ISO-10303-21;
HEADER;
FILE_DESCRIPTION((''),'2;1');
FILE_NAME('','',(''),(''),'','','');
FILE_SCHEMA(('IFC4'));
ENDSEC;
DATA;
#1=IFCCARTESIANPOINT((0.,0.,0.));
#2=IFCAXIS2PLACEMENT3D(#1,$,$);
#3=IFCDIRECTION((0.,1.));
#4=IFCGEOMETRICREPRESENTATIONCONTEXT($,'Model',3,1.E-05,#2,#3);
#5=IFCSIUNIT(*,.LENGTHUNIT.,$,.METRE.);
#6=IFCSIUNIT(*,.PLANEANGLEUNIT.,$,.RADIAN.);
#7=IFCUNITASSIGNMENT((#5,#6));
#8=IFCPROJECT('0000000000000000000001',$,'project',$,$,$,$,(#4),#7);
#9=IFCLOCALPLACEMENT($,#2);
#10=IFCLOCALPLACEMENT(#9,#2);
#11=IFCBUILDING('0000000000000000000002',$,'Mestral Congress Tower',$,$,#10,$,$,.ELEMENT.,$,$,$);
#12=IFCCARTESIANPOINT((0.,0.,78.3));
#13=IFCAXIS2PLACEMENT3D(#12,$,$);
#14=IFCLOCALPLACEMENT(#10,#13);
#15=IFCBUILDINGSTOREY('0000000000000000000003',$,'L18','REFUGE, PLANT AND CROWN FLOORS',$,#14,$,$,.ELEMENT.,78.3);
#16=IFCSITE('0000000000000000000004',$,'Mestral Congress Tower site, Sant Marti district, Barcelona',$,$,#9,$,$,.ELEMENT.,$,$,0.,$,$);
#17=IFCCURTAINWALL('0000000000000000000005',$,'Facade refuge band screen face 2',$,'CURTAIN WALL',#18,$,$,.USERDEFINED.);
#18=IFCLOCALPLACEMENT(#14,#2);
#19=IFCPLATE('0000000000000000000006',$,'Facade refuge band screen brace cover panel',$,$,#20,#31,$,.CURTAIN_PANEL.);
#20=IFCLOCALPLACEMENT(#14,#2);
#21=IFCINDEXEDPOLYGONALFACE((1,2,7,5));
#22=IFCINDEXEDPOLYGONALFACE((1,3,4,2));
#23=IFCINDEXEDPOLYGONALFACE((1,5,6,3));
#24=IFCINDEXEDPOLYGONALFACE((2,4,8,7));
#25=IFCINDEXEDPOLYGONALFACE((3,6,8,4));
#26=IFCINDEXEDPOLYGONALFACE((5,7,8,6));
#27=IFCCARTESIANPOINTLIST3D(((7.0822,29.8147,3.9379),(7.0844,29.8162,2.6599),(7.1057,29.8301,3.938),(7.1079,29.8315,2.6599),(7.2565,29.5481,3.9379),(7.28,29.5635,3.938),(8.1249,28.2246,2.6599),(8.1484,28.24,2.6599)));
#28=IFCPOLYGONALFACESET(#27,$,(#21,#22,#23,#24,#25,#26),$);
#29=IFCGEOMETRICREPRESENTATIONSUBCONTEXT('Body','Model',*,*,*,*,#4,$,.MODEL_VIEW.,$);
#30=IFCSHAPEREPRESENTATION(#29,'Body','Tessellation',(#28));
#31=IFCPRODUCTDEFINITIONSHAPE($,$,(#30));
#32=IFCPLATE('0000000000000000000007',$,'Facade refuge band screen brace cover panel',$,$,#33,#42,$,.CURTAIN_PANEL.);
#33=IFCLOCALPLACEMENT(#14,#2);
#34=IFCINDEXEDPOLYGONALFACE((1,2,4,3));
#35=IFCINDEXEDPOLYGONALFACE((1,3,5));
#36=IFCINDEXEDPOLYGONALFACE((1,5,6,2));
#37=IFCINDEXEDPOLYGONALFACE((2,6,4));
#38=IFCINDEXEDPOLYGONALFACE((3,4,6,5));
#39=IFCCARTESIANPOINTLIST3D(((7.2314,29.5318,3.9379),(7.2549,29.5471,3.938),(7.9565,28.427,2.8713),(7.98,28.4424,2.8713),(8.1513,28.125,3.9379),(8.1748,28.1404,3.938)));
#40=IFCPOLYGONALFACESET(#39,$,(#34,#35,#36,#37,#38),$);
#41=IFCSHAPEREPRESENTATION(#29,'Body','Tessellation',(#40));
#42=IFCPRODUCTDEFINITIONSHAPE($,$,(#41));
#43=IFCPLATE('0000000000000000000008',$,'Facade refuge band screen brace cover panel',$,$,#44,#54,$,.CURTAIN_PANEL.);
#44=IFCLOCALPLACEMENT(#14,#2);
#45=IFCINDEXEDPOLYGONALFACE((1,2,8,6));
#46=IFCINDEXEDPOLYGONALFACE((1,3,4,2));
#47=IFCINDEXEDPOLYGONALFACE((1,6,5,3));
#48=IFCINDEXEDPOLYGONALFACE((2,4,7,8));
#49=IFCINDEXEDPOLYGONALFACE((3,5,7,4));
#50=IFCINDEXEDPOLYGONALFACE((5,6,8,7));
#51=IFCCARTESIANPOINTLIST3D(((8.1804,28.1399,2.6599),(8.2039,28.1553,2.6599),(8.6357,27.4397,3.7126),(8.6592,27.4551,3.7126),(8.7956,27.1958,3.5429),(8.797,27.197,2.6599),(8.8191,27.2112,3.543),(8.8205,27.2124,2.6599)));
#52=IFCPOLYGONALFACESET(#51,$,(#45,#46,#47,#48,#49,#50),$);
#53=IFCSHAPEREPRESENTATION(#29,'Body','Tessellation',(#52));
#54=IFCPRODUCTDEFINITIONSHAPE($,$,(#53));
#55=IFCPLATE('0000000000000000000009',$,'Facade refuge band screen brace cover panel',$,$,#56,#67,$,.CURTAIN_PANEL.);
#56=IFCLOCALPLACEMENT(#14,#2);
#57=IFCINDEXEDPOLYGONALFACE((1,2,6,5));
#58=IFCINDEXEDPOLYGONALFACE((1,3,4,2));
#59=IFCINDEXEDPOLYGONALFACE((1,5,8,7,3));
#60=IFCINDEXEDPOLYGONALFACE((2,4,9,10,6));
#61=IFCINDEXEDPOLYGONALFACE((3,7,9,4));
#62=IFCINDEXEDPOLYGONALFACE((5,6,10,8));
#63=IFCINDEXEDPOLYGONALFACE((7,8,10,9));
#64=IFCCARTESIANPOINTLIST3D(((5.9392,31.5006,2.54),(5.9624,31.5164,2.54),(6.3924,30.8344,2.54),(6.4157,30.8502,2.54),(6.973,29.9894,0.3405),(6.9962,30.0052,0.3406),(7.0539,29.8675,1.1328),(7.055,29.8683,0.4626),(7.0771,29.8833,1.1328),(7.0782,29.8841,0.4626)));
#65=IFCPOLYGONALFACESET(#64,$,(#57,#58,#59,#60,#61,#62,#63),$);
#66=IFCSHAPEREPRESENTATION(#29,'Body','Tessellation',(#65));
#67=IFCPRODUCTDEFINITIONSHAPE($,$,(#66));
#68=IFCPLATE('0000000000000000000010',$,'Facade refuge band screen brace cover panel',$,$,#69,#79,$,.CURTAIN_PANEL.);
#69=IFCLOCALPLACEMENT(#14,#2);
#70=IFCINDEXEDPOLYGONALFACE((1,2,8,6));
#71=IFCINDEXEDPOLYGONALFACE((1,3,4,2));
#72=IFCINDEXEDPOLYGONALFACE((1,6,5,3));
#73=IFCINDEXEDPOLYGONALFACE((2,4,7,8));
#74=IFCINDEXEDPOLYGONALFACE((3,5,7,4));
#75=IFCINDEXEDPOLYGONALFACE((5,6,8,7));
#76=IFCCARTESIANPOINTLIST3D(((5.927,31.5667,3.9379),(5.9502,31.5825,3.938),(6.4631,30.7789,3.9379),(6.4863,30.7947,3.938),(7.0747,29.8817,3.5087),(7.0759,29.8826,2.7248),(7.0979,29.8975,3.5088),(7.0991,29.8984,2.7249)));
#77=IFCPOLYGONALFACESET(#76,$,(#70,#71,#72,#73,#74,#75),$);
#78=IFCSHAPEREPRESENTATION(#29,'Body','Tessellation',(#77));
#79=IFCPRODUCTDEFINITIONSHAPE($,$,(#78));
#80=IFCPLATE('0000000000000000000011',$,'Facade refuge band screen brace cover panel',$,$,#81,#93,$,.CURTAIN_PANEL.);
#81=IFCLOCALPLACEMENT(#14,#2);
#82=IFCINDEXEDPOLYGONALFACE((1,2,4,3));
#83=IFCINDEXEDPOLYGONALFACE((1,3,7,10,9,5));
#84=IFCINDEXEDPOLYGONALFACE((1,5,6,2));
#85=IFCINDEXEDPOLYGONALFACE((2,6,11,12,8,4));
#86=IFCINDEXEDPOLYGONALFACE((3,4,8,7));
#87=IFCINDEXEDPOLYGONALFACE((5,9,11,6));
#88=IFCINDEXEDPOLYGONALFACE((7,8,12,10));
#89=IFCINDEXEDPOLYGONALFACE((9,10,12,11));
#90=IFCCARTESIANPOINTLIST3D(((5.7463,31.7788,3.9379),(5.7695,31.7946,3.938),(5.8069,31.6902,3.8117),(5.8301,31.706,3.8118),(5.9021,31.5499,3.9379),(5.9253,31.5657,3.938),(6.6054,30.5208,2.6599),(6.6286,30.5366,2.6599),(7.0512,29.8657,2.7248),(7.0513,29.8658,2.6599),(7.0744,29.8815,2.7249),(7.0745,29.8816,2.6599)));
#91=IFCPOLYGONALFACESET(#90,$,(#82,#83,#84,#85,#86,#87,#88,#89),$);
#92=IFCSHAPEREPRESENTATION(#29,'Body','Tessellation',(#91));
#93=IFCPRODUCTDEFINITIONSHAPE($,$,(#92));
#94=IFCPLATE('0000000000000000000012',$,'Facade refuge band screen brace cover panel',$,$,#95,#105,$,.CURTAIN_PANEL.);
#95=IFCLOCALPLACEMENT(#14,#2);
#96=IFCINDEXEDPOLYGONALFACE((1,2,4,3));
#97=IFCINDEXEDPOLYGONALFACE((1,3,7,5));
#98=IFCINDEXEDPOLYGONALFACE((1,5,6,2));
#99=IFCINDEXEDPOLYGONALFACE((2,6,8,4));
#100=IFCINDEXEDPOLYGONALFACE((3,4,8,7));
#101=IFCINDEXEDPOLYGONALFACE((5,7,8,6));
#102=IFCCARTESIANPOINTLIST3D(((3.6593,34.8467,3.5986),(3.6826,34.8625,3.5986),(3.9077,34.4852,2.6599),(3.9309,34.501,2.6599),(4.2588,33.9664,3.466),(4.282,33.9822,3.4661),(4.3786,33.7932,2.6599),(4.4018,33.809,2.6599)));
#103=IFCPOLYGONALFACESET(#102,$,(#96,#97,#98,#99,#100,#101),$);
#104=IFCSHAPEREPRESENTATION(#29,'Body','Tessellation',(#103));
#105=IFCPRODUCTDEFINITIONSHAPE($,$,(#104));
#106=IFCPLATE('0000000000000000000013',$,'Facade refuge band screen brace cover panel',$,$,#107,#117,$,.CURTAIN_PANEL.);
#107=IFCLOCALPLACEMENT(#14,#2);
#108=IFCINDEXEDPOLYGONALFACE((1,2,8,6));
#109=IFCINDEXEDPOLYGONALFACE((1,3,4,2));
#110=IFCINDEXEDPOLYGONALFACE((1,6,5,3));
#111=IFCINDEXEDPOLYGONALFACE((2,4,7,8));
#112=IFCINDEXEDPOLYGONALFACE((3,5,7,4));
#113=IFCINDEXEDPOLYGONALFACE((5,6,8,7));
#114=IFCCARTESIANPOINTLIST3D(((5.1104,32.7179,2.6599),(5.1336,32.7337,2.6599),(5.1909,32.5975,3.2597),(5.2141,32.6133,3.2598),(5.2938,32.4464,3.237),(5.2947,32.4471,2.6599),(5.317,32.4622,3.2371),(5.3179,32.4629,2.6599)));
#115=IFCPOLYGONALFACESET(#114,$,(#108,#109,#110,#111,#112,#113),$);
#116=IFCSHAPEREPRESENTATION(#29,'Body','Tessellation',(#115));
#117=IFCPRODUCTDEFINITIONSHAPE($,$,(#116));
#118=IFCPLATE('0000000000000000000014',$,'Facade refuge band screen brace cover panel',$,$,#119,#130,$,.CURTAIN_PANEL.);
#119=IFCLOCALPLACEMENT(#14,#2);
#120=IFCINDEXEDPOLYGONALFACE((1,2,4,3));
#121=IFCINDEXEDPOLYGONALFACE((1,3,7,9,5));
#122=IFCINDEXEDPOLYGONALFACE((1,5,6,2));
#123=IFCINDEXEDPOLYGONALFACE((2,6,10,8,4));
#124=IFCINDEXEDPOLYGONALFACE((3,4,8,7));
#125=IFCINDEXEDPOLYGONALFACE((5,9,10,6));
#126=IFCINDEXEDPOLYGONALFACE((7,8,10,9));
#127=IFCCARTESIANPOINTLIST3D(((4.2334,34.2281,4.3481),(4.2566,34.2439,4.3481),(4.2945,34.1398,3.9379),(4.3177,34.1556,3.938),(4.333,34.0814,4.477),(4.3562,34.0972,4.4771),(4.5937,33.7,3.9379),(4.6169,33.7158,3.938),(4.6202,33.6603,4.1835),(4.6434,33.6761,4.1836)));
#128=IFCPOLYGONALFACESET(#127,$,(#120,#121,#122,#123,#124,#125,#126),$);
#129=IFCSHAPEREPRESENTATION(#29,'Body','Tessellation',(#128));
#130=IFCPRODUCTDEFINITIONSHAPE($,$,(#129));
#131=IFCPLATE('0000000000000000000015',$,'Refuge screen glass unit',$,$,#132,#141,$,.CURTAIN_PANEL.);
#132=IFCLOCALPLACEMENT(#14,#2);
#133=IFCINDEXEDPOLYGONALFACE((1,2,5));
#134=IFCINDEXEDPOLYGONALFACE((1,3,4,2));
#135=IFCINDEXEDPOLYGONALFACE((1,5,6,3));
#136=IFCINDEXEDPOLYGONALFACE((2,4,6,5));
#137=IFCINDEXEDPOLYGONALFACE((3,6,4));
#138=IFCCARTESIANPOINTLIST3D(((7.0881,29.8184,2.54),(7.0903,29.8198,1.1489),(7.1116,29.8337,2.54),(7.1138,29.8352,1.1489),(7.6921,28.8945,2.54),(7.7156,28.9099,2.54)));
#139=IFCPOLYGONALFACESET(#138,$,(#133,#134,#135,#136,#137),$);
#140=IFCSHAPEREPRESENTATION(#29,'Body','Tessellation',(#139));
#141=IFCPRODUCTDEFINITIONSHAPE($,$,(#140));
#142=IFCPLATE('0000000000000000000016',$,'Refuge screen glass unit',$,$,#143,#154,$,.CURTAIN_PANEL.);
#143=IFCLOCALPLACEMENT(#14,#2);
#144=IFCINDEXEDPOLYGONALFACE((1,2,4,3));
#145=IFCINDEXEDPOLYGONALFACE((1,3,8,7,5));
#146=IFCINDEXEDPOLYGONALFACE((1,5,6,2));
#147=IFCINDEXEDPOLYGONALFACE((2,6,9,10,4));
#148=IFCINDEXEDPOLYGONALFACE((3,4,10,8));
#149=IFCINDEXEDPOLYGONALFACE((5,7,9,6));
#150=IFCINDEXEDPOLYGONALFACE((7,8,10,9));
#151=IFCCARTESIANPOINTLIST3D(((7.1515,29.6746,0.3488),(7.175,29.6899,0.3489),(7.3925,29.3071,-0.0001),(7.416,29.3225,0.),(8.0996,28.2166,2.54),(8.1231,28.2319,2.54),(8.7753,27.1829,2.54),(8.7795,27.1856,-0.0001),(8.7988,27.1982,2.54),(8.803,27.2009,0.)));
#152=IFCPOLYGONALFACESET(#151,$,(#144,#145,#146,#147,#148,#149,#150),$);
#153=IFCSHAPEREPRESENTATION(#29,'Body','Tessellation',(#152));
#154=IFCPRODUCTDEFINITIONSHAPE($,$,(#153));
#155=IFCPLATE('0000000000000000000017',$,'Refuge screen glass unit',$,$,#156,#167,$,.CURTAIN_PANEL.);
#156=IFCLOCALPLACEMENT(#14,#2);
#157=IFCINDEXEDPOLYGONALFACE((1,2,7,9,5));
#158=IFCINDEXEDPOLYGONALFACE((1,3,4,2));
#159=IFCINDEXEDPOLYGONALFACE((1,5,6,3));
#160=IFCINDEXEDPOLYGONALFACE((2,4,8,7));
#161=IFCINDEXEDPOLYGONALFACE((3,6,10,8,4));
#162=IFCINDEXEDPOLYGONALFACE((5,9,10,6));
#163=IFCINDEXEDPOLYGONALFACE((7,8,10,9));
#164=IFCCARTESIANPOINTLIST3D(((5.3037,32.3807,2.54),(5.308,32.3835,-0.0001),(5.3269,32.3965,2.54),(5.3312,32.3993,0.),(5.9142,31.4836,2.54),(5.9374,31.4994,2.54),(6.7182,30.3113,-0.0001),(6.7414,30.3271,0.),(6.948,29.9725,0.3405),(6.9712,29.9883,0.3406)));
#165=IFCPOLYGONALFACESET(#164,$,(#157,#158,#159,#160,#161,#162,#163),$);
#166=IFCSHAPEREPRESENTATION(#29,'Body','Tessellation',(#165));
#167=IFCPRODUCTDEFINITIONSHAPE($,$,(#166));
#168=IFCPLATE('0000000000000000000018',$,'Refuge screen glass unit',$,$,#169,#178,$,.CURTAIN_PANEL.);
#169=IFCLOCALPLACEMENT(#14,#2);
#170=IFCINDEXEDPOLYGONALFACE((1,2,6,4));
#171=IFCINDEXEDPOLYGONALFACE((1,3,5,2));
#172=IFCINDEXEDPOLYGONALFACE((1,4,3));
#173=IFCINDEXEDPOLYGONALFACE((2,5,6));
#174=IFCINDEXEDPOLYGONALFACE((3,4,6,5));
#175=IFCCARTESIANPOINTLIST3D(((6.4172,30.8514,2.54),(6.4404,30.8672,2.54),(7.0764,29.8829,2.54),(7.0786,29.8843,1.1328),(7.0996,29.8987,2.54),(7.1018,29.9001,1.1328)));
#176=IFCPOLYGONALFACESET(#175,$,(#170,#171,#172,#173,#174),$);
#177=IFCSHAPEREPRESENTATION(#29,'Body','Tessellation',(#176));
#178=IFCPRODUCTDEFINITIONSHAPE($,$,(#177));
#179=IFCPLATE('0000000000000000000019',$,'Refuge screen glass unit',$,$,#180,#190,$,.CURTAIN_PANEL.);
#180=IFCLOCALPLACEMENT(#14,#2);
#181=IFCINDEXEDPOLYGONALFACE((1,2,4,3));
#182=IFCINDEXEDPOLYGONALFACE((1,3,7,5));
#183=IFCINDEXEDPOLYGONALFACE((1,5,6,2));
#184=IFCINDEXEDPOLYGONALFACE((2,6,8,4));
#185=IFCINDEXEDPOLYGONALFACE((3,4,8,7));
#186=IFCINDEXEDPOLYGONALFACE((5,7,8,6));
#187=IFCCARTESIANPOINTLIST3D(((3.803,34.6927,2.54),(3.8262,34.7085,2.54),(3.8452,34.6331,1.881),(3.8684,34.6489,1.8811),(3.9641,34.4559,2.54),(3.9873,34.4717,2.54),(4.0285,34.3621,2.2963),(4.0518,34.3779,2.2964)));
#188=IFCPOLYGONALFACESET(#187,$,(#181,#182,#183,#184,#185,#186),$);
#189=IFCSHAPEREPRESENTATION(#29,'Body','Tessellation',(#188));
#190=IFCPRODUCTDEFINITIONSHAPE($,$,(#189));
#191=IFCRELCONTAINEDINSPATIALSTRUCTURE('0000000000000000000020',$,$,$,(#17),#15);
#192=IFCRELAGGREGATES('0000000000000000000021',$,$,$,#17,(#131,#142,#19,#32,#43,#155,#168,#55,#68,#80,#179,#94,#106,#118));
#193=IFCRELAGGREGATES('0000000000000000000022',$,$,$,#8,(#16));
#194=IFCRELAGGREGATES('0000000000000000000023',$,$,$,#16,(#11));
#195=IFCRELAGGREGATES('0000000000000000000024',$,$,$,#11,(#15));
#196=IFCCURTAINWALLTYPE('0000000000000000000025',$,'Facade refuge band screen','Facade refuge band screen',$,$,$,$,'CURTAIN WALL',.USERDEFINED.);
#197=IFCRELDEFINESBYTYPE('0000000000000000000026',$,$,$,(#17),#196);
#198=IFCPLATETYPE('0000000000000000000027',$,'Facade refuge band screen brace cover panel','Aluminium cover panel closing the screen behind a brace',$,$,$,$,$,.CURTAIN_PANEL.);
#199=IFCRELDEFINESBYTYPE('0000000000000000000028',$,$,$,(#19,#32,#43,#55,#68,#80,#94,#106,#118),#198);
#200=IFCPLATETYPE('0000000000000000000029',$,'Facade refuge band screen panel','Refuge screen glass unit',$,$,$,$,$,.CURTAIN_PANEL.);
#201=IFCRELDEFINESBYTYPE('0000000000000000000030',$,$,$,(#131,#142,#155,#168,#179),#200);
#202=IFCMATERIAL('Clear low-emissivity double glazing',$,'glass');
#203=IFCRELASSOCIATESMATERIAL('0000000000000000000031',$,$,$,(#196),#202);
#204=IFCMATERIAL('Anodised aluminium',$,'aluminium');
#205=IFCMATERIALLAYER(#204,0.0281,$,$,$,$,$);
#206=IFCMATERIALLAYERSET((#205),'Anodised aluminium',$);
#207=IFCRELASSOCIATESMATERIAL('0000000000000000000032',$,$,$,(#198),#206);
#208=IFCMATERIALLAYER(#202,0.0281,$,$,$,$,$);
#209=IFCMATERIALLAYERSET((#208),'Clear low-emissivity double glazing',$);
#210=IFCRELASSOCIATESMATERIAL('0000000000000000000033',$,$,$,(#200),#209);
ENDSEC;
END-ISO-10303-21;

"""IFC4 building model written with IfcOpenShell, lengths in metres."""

from ifc_helpers import new_model, si_unit, direction, frame, origin, place, context, subcontext, project, spatial, polyline, outline, extrude, material, layer, layer_set, type_object, element, aggregate, save


model = new_model("IFC4")

# Units and contexts
model_context = context("Model", 3, precision=1e-05, world=origin(), true_north=direction((0.0, 1.0)))
body_context = subcontext(model_context, "Body", "Model", "MODEL_VIEW")
ifc_project = project(units=[si_unit("LENGTHUNIT", "METRE"), si_unit("PLANEANGLEUNIT", "RADIAN")], contexts=[model_context])

# Site, building, storey
site_placement = place(None, origin())
site = spatial("IfcSite", under=ifc_project, at=site_placement, Name="Mestral Congress Tower site, Sant Marti district, Barcelona", CompositionType="ELEMENT", RefElevation=0.0)
building_placement = place(site_placement, origin())
building = spatial("IfcBuilding", under=site, at=building_placement, Name="Mestral Congress Tower", CompositionType="ELEMENT")
storey_placement = place(building_placement, frame((0.0, 0.0, 78.3)))
storey = spatial("IfcBuildingStorey", under=building, at=storey_placement, Name="L18", Description="REFUGE, PLANT AND CROWN FLOORS", CompositionType="ELEMENT", Elevation=78.3)

# Curtain wall
ifc_material_1 = material(Name="Clear low-emissivity double glazing", Category="glass")
curtain_wall_type = type_object("IfcCurtainWallType", Name="Facade refuge band screen", Description="Facade refuge band screen", ElementType="CURTAIN WALL", PredefinedType="USERDEFINED", material=ifc_material_1)
curtain_wall_placement = place(storey_placement, origin())
curtain_wall = element("IfcCurtainWall", 1, at=curtain_wall_placement, inside=storey, type_object=curtain_wall_type, Name="Facade refuge band screen face 2", ObjectType="CURTAIN WALL", PredefinedType="USERDEFINED")
ifc_material_2 = material(Name="Anodised aluminium", Category="aluminium")

# Plates
ifc_layer_1 = layer(ifc_material_2, 0.0281)
ifc_layer_set_1 = layer_set([ifc_layer_1], Name="Anodised aluminium")
plate_type_1 = type_object("IfcPlateType", Name="Facade refuge band screen brace cover panel", Description="Aluminium cover panel closing the screen behind a brace", PredefinedType="CURTAIN_PANEL", material=ifc_layer_set_1)
plate_1_placement = place(storey_placement, frame((7.1079, 29.8315, 2.6599), z_axis=(0.836989, 0.547216, 0.002056), x_axis=(0.547217, -0.836991, 0.0)))
plate_1 = element("IfcPlate", 2, at=plate_1_placement, type_object=plate_type_1, Name="Facade refuge band screen brace cover panel", PredefinedType="CURTAIN_PANEL", context=body_context, shape_type="SweptSolid", body=[
    extrude(outline(polyline([(0.0, 0.0), (1.9015, 0.0), (0.3186, -1.2781), (0.0, -1.2781), (0.0, 0.0)])), origin(), (0.0, 0.0, -1.0), 0.0281),
])
plate_2_placement = place(storey_placement, frame((7.2549, 29.5471, 3.938), z_axis=(0.836932, 0.547303, 0.002092), x_axis=(0.426975, -0.650526, -0.628099)))
plate_2 = element("IfcPlate", 3, at=plate_2_placement, type_object=plate_type_1, Name="Facade refuge band screen brace cover panel", PredefinedType="CURTAIN_PANEL", context=body_context, shape_type="SweptSolid", body=[
    extrude(outline(polyline([(0.0, 0.0), (1.6982, 0.0), (1.3079, -1.0557), (0.0, 0.0)])), origin(), (0.0, 0.0, -1.0), 0.0281),
])
plate_3_placement = place(storey_placement, frame((8.8191, 27.2112, 3.543), z_axis=(0.836897, 0.547356, 0.002114), x_axis=(-0.474002, 0.722797, 0.502877)))
plate_3 = element("IfcPlate", 4, at=plate_3_placement, type_object=plate_type_1, Name="Facade refuge band screen brace cover panel", PredefinedType="CURTAIN_PANEL", context=body_context, shape_type="SweptSolid", body=[
    extrude(outline(polyline([(0.0, 0.0), (0.3374, 0.0), (0.5299, -1.33), (-0.4439, -0.7634), (0.0, 0.0)])), origin(), (0.0, 0.0, -1.0), 0.0281),
])
plate_4_placement = place(storey_placement, frame((5.9624, 31.5164, 2.54), z_axis=(0.82678, 0.562521, 0.002113), x_axis=(0.361234, -0.528046, -0.768556)))
plate_4 = element("IfcPlate", 5, at=plate_4_placement, type_object=plate_type_1, Name="Facade refuge band screen brace cover panel", PredefinedType="CURTAIN_PANEL", context=body_context, shape_type="SweptSolid", body=[
    extrude(outline(polyline([(0.0, 0.0), (2.8618, 0.0), (2.8616, -0.1905), (2.3465, -0.6193), (0.5155, -0.6193), (0.0, 0.0)])), origin(), (0.0, 0.0, -1.0), 0.0281),
])
plate_5_placement = place(storey_placement, frame((7.0979, 29.8975, 3.5088), z_axis=(0.826734, 0.56259, 0.001979), x_axis=(-0.523802, 0.768441, 0.367599)))
plate_5 = element("IfcPlate", 6, at=plate_5_placement, type_object=plate_type_1, Name="Facade refuge band screen brace cover panel", PredefinedType="CURTAIN_PANEL", context=body_context, shape_type="SweptSolid", body=[
    extrude(outline(polyline([(0.0, 0.0), (1.1676, 0.0), (2.0538, -0.3503), (-0.2881, -0.7291), (0.0, 0.0)])), origin(), (0.0, 0.0, -1.0), 0.0281),
])
plate_6_placement = place(storey_placement, frame((7.0745, 29.8816, 2.6599), z_axis=(0.826657, 0.562703, 0.001798), x_axis=(-0.001487, -0.001012, 0.999998)))
plate_6 = element("IfcPlate", 7, at=plate_6_placement, type_object=plate_type_1, Name="Facade refuge band screen brace cover panel", PredefinedType="CURTAIN_PANEL", context=body_context, shape_type="SweptSolid", body=[
    extrude(outline(polyline([(0.0, 0.0), (0.0649, 0.0), (1.2781, -2.0388), (1.2781, -2.3158), (1.1519, -2.2084), (0.0, -0.7923), (0.0, 0.0)])), origin(), (0.0, 0.0, -1.0), 0.0281),
])
plate_7_placement = place(storey_placement, frame((4.282, 33.9822, 3.4661), z_axis=(0.826718, 0.562613, 0.002039), x_axis=(-0.558513, 0.820247, 0.12352)))
plate_7 = element("IfcPlate", 8, at=plate_7_placement, type_object=plate_type_1, Name="Facade refuge band screen brace cover panel", PredefinedType="CURTAIN_PANEL", context=body_context, shape_type="SweptSolid", body=[
    extrude(outline(polyline([(0.0, 0.0), (1.0733, 0.0), (0.522, -0.8774), (-0.3085, -0.774), (0.0, 0.0)])), origin(), (0.0, 0.0, -1.0), 0.0281),
])
plate_8_placement = place(storey_placement, frame((5.3179, 32.4629, 2.6599), z_axis=(0.826761, 0.56255, 0.001971), x_axis=(-0.001575, -0.001189, 0.999998)))
plate_8 = element("IfcPlate", 9, at=plate_8_placement, type_object=plate_type_1, Name="Facade refuge band screen brace cover panel", PredefinedType="CURTAIN_PANEL", context=body_context, shape_type="SweptSolid", body=[
    extrude(outline(polyline([(0.0, 0.0), (0.5771, 0.0), (0.5998, -0.1828), (0.0, -0.3275), (0.0, 0.0)])), origin(), (0.0, 0.0, -1.0), 0.0281),
])
plate_9_placement = place(storey_placement, frame((4.6169, 33.7158, 3.938), z_axis=(0.826741, 0.56258, 0.001907), x_axis=(0.105782, -0.15878, 0.981631)))
plate_9 = element("IfcPlate", 10, at=plate_9_placement, type_object=plate_type_1, Name="Facade refuge band screen brace cover panel", PredefinedType="CURTAIN_PANEL", context=body_context, shape_type="SweptSolid", body=[
    extrude(outline(polyline([(0.0, 0.0), (0.2502, 0.0), (0.441, -0.5563), (0.2807, -0.7058), (-0.1015, -0.5221), (0.0, 0.0)])), origin(), (0.0, 0.0, -1.0), 0.0281),
])
ifc_layer_2 = layer(ifc_material_1, 0.0281)
ifc_layer_set_2 = layer_set([ifc_layer_2], Name="Clear low-emissivity double glazing")
plate_type_2 = type_object("IfcPlateType", Name="Facade refuge band screen panel", Description="Refuge screen glass unit", PredefinedType="CURTAIN_PANEL", material=ifc_layer_set_2)
plate_10_placement = place(storey_placement, frame((7.1116, 29.8337, 2.54), z_axis=(0.836984, 0.547225, 0.001898), x_axis=(0.001579, 0.001053, -0.999998)))
plate_10 = element("IfcPlate", 11, at=plate_10_placement, type_object=plate_type_2, Name="Refuge screen glass unit", PredefinedType="CURTAIN_PANEL", context=body_context, shape_type="SweptSolid", body=[
    extrude(outline(polyline([(0.0, 0.0), (1.3911, 0.0), (0.0, -1.1038), (0.0, 0.0)])), origin(), (0.0, 0.0, -1.0), 0.0281),
])
plate_11_placement = place(storey_placement, frame((7.416, 29.3225, 0.0), z_axis=(0.837012, 0.54718, 0.001945), x_axis=(0.547181, -0.837014, 0.0)))
plate_11 = element("IfcPlate", 12, at=plate_11_placement, type_object=plate_type_2, Name="Refuge screen glass unit", PredefinedType="CURTAIN_PANEL", context=body_context, shape_type="SweptSolid", body=[
    extrude(outline(polyline([(0.0, 0.0), (2.5347, 0.0), (2.5347, -2.54), (1.2997, -2.54), (-0.4394, -0.3489), (0.0, 0.0)])), origin(), (0.0, 0.0, -1.0), 0.0281),
])
plate_12_placement = place(storey_placement, frame((5.3269, 32.3965, 2.54), z_axis=(0.826716, 0.562616, 0.002031), x_axis=(0.00169, 0.001126, -0.999998)))
plate_12 = element("IfcPlate", 13, at=plate_12_placement, type_object=plate_type_2, Name="Refuge screen glass unit", PredefinedType="CURTAIN_PANEL", context=body_context, shape_type="SweptSolid", body=[
    extrude(outline(polyline([(0.0, 0.0), (2.54, 0.0), (2.5401, -2.5066), (2.1995, -2.916), (0.0, -1.0851), (0.0, 0.0)])), origin(), (0.0, 0.0, -1.0), 0.0281),
])
plate_13_placement = place(storey_placement, frame((7.0996, 29.8987, 2.54), z_axis=(0.826689, 0.562657, 0.001876), x_axis=(-0.562658, 0.82669, 0.0)))
plate_13 = element("IfcPlate", 14, at=plate_13_placement, type_object=plate_type_2, Name="Refuge screen glass unit", PredefinedType="CURTAIN_PANEL", context=body_context, shape_type="SweptSolid", body=[
    extrude(outline(polyline([(0.0, 0.0), (1.1715, 0.0), (0.0, -1.4072), (0.0, 0.0)])), origin(), (0.0, 0.0, -1.0), 0.0281),
])
plate_14_placement = place(storey_placement, frame((4.0518, 34.3779, 2.2964), z_axis=(0.826733, 0.562591, 0.002157), x_axis=(-0.239635, 0.348672, 0.906092)))
plate_14 = element("IfcPlate", 15, at=plate_14_placement, type_object=plate_type_2, Name="Refuge screen glass unit", PredefinedType="CURTAIN_PANEL", context=body_context, shape_type="SweptSolid", body=[
    extrude(outline(polyline([(0.0, 0.0), (0.2689, 0.0), (0.3901, -0.2595), (-0.2379, -0.4722), (0.0, 0.0)])), origin(), (0.0, 0.0, -1.0), 0.0281),
])

aggregate(curtain_wall, [plate_10, plate_11, plate_1, plate_2, plate_3, plate_12, plate_13, plate_4, plate_5, plate_6, plate_14, plate_7, plate_8, plate_9])

save(model, "model.ifc")
